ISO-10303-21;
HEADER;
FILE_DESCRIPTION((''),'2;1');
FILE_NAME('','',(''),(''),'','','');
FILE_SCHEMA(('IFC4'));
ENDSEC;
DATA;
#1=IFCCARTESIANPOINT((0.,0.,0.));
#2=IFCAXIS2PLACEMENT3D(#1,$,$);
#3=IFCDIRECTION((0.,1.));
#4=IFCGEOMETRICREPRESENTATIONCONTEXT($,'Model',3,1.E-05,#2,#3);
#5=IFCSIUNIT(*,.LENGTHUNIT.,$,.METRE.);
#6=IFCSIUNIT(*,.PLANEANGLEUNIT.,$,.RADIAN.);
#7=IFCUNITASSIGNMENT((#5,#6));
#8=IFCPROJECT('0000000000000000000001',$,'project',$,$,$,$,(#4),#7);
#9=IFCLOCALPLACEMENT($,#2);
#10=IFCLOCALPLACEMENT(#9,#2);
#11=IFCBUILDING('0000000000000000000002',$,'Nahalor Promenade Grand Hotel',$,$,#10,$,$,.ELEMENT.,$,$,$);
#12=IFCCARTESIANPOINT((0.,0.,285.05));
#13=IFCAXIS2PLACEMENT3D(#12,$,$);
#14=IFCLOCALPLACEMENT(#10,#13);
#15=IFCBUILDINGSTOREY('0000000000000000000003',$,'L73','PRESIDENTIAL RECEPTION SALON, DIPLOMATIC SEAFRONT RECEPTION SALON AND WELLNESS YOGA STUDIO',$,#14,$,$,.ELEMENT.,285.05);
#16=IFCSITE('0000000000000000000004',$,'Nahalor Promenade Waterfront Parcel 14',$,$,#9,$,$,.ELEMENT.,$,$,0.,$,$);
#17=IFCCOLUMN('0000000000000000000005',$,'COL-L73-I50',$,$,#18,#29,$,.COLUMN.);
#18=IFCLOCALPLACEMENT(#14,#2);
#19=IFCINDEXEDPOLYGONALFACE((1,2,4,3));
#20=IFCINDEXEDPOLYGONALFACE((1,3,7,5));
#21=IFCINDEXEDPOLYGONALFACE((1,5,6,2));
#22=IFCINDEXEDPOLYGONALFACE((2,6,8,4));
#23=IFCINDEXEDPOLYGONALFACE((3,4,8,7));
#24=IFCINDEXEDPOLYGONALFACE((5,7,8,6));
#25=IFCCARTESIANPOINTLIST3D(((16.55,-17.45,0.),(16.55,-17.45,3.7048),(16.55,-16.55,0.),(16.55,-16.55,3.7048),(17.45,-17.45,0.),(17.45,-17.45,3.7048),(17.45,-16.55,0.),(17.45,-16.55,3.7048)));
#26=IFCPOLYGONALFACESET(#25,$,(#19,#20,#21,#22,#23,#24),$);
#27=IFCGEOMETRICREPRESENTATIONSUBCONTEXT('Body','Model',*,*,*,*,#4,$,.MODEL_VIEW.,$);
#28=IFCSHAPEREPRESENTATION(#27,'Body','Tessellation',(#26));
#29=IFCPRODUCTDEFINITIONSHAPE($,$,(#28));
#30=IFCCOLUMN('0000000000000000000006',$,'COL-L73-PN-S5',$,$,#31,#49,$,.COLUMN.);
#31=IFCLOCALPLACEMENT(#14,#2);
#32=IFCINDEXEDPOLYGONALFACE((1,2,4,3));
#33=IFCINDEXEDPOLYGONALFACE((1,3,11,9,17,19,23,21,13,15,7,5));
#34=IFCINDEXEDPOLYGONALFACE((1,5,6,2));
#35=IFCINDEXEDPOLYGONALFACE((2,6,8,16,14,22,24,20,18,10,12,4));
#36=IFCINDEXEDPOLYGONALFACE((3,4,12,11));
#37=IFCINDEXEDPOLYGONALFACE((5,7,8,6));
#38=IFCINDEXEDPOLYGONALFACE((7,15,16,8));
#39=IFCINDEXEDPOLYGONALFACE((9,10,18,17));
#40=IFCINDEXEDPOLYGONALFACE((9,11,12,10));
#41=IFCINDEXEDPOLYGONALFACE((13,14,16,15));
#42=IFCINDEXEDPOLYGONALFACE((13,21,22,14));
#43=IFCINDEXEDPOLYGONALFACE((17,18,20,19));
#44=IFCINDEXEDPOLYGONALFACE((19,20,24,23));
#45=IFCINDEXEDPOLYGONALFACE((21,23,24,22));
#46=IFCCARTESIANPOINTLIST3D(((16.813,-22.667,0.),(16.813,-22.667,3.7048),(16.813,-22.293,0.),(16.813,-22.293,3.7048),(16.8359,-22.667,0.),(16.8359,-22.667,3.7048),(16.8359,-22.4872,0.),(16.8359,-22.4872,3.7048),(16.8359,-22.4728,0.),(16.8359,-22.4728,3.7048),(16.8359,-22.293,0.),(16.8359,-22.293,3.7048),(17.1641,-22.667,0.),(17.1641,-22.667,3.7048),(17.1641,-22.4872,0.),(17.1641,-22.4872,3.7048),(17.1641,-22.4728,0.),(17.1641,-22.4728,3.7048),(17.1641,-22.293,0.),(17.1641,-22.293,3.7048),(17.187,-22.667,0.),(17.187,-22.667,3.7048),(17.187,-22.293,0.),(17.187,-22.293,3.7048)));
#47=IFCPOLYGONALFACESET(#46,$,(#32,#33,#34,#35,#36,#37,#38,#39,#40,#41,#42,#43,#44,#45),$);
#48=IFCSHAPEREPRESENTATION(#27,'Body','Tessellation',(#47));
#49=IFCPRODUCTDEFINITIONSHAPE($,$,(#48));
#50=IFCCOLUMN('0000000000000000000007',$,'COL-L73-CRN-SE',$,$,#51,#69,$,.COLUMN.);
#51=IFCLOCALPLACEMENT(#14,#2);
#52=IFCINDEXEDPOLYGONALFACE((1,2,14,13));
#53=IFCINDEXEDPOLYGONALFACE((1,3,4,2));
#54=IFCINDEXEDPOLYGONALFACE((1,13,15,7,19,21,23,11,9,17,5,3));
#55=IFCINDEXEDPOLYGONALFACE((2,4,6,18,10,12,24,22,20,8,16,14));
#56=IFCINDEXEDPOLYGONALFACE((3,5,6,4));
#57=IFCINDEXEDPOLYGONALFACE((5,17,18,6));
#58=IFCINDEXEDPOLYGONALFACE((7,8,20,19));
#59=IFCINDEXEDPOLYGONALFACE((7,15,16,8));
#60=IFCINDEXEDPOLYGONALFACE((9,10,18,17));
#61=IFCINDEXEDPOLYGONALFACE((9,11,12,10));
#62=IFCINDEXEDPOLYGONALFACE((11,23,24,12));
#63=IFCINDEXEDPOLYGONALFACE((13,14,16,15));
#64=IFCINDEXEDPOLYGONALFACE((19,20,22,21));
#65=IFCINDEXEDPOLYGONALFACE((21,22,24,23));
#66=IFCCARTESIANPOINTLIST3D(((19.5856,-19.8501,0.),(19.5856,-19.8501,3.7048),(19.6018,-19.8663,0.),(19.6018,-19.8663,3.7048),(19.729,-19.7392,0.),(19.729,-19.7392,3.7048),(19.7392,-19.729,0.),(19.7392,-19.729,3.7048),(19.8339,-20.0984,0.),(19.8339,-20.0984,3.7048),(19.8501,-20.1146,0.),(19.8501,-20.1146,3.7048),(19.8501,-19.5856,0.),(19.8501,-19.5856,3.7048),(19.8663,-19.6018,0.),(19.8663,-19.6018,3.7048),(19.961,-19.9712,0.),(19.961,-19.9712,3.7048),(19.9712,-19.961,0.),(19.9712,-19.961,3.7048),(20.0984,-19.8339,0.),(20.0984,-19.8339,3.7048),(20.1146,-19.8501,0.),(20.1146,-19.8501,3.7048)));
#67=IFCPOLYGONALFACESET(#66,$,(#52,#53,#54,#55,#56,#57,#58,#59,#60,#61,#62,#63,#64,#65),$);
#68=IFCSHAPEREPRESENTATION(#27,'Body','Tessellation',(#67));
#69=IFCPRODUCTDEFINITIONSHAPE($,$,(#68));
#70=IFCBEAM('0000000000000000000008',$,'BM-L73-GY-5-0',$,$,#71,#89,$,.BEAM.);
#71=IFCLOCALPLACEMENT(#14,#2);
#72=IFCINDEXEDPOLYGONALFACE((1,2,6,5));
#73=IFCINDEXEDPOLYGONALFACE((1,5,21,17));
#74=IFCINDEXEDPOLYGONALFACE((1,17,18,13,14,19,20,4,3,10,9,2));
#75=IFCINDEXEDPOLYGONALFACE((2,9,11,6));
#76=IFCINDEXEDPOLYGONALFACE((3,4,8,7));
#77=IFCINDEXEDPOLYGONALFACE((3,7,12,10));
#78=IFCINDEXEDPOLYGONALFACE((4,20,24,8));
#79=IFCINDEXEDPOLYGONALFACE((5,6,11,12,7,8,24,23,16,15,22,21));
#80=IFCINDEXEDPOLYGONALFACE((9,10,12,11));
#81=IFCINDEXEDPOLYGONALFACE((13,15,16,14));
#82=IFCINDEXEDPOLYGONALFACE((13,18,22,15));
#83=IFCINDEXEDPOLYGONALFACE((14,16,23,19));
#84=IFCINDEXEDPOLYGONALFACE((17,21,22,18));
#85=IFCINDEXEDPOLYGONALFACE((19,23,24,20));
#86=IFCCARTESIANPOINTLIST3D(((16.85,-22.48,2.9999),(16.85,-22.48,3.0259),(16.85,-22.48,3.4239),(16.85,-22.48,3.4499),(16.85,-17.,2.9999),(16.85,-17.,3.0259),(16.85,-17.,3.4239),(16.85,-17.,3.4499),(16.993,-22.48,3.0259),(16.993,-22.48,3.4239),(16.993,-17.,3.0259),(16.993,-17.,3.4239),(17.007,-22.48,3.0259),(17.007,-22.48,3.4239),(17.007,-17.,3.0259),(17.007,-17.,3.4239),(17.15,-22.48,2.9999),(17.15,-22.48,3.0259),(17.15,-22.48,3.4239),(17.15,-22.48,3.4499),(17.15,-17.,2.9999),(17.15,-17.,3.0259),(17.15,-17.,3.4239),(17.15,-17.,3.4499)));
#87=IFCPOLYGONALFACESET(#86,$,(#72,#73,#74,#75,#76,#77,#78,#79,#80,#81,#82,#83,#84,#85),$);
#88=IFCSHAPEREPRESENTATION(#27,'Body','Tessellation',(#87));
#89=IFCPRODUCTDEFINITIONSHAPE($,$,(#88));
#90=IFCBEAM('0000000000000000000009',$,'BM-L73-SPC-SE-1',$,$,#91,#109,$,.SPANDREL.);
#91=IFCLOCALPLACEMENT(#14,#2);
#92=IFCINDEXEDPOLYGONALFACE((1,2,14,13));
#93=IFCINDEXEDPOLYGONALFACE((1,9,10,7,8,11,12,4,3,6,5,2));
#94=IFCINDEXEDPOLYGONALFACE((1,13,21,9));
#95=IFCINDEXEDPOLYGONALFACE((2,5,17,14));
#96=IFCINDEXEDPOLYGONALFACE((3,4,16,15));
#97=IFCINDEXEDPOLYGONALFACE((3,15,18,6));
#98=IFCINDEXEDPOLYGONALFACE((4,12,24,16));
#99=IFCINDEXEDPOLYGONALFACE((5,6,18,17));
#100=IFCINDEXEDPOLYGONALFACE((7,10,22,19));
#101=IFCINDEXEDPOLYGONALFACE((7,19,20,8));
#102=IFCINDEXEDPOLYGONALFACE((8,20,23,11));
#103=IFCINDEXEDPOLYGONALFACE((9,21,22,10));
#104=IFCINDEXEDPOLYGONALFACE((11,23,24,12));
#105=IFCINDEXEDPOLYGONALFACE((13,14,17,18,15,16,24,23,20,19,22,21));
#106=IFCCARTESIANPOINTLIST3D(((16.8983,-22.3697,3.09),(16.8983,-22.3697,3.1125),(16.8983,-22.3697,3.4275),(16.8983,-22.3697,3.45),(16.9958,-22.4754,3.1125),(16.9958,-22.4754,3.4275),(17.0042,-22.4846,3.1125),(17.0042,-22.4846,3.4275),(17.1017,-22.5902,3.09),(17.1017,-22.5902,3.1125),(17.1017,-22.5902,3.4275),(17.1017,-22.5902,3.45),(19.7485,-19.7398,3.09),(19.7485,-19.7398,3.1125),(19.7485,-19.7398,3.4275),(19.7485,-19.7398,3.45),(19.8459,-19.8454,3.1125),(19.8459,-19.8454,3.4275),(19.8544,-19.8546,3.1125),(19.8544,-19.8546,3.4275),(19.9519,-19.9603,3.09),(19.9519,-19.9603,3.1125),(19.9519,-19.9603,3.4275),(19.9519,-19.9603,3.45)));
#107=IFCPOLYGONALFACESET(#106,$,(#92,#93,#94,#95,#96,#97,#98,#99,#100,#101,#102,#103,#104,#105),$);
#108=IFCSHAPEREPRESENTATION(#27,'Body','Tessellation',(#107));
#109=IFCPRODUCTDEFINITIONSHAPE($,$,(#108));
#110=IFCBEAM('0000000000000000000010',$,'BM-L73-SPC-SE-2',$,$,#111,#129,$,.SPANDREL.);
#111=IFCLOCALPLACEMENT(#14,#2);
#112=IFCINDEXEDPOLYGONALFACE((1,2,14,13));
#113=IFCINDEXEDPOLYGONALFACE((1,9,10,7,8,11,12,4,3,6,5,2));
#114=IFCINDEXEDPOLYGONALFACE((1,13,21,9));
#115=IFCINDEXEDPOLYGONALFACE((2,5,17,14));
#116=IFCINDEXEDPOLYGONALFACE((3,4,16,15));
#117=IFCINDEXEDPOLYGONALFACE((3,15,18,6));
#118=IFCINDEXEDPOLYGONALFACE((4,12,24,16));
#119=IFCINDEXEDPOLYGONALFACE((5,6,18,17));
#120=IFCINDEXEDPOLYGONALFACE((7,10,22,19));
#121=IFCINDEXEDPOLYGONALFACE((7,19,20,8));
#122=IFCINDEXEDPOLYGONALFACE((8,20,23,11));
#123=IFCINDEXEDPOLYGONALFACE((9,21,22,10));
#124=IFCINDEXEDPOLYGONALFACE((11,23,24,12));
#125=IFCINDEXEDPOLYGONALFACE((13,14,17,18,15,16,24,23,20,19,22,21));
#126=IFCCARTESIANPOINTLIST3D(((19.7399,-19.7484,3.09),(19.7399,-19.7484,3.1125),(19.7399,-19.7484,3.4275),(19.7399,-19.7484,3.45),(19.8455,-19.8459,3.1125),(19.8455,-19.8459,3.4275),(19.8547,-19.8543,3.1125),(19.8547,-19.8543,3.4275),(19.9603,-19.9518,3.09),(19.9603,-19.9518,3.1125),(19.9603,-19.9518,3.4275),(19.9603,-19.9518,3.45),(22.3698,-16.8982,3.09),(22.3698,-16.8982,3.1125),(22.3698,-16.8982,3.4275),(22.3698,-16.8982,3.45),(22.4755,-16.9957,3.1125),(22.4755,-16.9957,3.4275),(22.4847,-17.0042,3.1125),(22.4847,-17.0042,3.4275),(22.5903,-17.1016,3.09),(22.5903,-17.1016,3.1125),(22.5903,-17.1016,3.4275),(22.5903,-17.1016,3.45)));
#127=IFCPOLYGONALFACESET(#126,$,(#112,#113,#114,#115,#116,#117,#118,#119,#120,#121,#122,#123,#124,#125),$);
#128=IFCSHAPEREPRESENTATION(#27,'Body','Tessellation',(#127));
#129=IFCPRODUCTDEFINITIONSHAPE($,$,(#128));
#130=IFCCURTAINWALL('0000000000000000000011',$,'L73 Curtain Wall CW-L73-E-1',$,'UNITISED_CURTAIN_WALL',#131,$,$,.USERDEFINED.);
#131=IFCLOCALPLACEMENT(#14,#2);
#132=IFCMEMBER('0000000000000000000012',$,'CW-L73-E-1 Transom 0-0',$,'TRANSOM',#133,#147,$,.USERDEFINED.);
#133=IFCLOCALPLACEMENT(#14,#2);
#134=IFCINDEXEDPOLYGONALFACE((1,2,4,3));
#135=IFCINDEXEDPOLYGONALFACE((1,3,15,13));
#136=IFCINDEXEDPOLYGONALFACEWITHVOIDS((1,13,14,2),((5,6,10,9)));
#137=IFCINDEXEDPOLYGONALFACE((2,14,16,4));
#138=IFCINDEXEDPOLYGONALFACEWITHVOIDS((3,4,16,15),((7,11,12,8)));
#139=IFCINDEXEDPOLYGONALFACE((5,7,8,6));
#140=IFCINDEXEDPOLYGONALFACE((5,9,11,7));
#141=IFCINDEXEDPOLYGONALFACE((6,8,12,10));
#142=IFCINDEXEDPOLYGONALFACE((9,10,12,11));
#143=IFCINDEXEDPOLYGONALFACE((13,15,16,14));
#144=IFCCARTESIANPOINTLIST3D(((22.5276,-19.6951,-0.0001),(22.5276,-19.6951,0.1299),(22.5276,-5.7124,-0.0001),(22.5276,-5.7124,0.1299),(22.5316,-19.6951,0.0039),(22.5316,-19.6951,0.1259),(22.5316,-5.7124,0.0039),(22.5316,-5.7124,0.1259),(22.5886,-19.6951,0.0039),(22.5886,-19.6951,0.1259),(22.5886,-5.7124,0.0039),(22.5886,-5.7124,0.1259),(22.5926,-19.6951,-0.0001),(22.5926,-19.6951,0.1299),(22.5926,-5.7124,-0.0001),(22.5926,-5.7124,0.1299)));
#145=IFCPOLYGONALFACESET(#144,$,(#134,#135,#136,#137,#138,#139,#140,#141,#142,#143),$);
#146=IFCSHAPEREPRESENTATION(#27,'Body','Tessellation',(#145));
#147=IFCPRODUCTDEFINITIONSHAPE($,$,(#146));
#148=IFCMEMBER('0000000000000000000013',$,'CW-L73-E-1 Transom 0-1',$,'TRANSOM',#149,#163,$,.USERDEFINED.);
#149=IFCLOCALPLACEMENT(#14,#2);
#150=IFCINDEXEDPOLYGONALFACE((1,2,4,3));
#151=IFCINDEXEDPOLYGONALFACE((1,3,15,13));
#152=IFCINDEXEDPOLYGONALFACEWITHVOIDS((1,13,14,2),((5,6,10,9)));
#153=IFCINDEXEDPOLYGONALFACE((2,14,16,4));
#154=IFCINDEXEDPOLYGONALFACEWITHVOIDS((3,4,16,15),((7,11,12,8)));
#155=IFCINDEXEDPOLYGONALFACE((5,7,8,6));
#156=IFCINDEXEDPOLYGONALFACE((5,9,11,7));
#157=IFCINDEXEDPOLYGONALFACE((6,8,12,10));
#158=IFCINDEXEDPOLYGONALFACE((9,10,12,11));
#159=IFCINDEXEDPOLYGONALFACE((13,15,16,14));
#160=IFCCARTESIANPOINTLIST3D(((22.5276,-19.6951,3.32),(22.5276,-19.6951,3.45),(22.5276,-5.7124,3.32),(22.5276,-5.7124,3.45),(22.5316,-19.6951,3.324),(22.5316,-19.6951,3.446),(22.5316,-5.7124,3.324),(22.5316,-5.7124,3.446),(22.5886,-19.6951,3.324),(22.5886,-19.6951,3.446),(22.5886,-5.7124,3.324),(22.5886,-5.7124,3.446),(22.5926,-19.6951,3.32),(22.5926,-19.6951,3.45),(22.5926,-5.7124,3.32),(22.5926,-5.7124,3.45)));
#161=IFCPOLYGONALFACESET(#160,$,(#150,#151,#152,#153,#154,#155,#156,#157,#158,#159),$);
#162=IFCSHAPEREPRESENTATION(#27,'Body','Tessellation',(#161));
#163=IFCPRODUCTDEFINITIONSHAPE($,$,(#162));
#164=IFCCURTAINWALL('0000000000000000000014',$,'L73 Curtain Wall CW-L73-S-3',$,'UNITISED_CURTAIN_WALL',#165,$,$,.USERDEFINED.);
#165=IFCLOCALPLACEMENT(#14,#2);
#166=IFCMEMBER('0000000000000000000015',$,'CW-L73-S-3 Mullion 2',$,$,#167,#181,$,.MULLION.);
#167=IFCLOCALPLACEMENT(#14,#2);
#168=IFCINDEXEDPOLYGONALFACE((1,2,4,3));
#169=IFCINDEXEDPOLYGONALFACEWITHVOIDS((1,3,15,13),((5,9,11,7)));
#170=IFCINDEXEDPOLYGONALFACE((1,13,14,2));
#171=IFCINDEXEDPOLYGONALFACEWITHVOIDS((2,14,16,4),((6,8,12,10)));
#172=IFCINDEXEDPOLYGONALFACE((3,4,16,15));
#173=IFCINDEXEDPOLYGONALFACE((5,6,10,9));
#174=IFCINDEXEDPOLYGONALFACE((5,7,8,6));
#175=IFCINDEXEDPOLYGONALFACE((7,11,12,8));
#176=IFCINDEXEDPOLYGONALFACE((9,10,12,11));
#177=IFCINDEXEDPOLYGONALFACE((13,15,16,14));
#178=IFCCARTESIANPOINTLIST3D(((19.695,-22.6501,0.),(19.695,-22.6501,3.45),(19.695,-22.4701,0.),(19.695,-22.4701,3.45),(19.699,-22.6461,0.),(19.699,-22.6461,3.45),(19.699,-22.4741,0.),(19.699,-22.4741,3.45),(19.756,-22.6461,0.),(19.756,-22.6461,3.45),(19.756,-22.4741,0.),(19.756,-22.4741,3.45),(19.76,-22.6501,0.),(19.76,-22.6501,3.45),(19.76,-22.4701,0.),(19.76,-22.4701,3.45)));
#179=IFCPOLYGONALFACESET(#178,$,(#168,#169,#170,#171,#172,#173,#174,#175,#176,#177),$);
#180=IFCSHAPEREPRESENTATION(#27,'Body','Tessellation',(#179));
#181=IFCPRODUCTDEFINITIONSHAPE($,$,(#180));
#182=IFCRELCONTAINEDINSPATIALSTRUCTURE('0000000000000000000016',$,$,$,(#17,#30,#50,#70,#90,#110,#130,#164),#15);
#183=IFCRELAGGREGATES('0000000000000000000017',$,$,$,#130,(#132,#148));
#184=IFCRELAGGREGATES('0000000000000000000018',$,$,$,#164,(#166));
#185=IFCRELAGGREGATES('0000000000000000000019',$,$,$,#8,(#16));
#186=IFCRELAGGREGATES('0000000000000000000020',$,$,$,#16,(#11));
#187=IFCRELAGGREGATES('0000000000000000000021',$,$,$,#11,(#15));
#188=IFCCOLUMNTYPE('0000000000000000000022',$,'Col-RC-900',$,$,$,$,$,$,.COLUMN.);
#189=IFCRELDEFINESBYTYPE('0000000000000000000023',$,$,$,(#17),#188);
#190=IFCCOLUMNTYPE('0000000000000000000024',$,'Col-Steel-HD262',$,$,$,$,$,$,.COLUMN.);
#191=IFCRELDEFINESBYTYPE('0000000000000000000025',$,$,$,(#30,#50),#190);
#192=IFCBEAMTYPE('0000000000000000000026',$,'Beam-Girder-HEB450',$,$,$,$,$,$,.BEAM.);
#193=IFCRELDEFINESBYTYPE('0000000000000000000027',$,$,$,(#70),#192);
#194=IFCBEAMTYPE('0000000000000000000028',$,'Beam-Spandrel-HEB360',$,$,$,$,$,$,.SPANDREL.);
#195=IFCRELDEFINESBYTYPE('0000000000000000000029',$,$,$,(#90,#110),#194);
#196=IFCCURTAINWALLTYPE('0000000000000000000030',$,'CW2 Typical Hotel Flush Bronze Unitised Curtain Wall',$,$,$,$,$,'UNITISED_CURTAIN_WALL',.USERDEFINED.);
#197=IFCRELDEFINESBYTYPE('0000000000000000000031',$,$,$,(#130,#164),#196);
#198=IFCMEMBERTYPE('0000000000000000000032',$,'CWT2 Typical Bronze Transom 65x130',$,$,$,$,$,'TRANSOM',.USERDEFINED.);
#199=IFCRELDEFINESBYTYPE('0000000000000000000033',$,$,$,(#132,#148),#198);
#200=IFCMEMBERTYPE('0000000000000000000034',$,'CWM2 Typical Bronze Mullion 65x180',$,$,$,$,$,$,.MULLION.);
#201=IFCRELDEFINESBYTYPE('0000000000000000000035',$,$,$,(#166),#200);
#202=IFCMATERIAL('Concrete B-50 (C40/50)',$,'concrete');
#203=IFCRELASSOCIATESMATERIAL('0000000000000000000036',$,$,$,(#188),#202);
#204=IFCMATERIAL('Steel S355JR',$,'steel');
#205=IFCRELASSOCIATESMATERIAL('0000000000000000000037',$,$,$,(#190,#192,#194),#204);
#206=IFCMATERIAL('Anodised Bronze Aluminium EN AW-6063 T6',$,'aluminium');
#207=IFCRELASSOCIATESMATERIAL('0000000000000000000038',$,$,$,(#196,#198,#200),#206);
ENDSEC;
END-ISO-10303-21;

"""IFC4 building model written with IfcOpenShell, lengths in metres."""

from ifc_helpers import new_model, si_unit, direction, frame, origin, origin_2d, place, context, subcontext, project, spatial, rectangle, hollow_rectangle, i_section, extrude, source, transform, mapped, material, material_profile, profile_set, type_object, element, aggregate, save


model = new_model("IFC4")

# Units and contexts
model_context = context("Model", 3, precision=1e-05, world=origin(), true_north=direction((0.0, 1.0)))
body_context = subcontext(model_context, "Body", "Model", "MODEL_VIEW")
ifc_project = project(units=[si_unit("LENGTHUNIT", "METRE"), si_unit("PLANEANGLEUNIT", "RADIAN")], contexts=[model_context])

# Site, building, storey
site_placement = place(None, origin())
site = spatial("IfcSite", under=ifc_project, at=site_placement, Name="Nahalor Promenade Waterfront Parcel 14", CompositionType="ELEMENT", RefElevation=0.0)
building_placement = place(site_placement, origin())
building = spatial("IfcBuilding", under=site, at=building_placement, Name="Nahalor Promenade Grand Hotel", CompositionType="ELEMENT")
storey_placement = place(building_placement, frame((0.0, 0.0, 285.05)))
storey = spatial("IfcBuildingStorey", under=building, at=storey_placement, Name="L73", Description="PRESIDENTIAL RECEPTION SALON, DIPLOMATIC SEAFRONT RECEPTION SALON AND WELLNESS YOGA STUDIO", CompositionType="ELEMENT", Elevation=285.05)

# Columns
ifc_material_1 = material(Name="Concrete B-50 (C40/50)", Category="concrete")
ifc_material_profile_1 = material_profile(ifc_material_1, rectangle(XDim=0.9, YDim=0.9, at=origin_2d()), Name="RC 900x900")
ifc_profile_set_1 = profile_set([ifc_material_profile_1], Name="Concrete B-50 (C40/50)")
column_type_1 = type_object("IfcColumnType", Name="Col-RC-900", PredefinedType="COLUMN", material=ifc_profile_set_1)
shared_shape_1 = source(origin(), body_context, "Body", "SweptSolid", [
    extrude(rectangle(XDim=0.9, YDim=0.9, at=origin_2d()), origin(), (0.0, 0.0, 1.0), 3.7048),
])
column_placement = place(storey_placement, frame((17.0, -17.0, 0.0), z_axis=(0.0, 0.0, 1.0), x_axis=(1.0, 0.0, 0.0)))
element("IfcColumn", 1, at=column_placement, inside=storey, type_object=column_type_1, Name="COL-L73-I50", PredefinedType="COLUMN", context=body_context, shape_type="MappedRepresentation", body=[
    mapped(shared_shape_1, transform((0.0, 0.0, 0.0), scale=1.0)),
])
ifc_material_2 = material(Name="Steel S355JR", Category="steel")
ifc_material_profile_2 = material_profile(ifc_material_2, i_section(OverallWidth=0.374, OverallDepth=0.374, WebThickness=0.0144, FlangeThickness=0.0229, at=origin_2d()), Name="HD 360x262")
ifc_profile_set_2 = profile_set([ifc_material_profile_2], Name="Steel S355JR")
column_type_2 = type_object("IfcColumnType", Name="Col-Steel-HD262", PredefinedType="COLUMN", material=ifc_profile_set_2)
shared_shape_2 = source(origin(), body_context, "Body", "SweptSolid", [
    extrude(i_section(OverallWidth=0.374, OverallDepth=0.374, WebThickness=0.0144, FlangeThickness=0.0229, at=origin_2d()), origin(), (0.0, 0.0, 1.0), 3.7048),
])
for number, where, z_axis, x_axis, name in (
    (2, (17.0, -22.48, 0.0), (0.0, 0.0, 1.0), (0.0, 1.0, 0.0), "COL-L73-PN-S5"),
    (3, (19.8501, -19.8501, 0.0), (0.0, 0.0, 1.0), (0.707107, 0.707107, 0.0), "COL-L73-CRN-SE"),
):
    element("IfcColumn", number, at=place(storey_placement, frame(where, z_axis=z_axis, x_axis=x_axis)), inside=storey, type_object=column_type_2, Name=name, PredefinedType="COLUMN", context=body_context, shape_type="MappedRepresentation", body=[
        mapped(shared_shape_2, transform((0.0, 0.0, 0.0), scale=1.0)),
    ])

# Beams
ifc_material_profile_3 = material_profile(ifc_material_2, i_section(OverallWidth=0.3, OverallDepth=0.45, WebThickness=0.014, FlangeThickness=0.026, at=origin_2d()), Name="HEB 450")
ifc_profile_set_3 = profile_set([ifc_material_profile_3], Name="Steel S355JR")
beam_type_1 = type_object("IfcBeamType", Name="Beam-Girder-HEB450", PredefinedType="BEAM", material=ifc_profile_set_3)
shared_shape_3 = source(origin(), body_context, "Body", "SweptSolid", [
    extrude(i_section(OverallWidth=0.3, OverallDepth=0.45, WebThickness=0.014, FlangeThickness=0.026, at=origin_2d()), origin(), (0.0, 0.0, 1.0), 5.48),
])
beam_placement = place(storey_placement, frame((17.0, -22.48, 3.2249), z_axis=(0.0, 1.0, 0.0), x_axis=(-1.0, 0.0, 0.0)))
element("IfcBeam", 4, at=beam_placement, inside=storey, type_object=beam_type_1, Name="BM-L73-GY-5-0", PredefinedType="BEAM", context=body_context, shape_type="MappedRepresentation", body=[
    mapped(shared_shape_3, transform((0.0, 0.0, 0.0), scale=1.0)),
])
ifc_material_profile_4 = material_profile(ifc_material_2, i_section(OverallWidth=0.3, OverallDepth=0.36, WebThickness=0.0125, FlangeThickness=0.0225, at=origin_2d()), Name="HEB 360")
ifc_profile_set_4 = profile_set([ifc_material_profile_4], Name="Steel S355JR")
beam_type_2 = type_object("IfcBeamType", Name="Beam-Spandrel-HEB360", PredefinedType="SPANDREL", material=ifc_profile_set_4)
shared_shape_4 = source(origin(), body_context, "Body", "SweptSolid", [
    extrude(i_section(OverallWidth=0.3, OverallDepth=0.36, WebThickness=0.0125, FlangeThickness=0.0225, at=origin_2d()), origin(), (0.0, 0.0, 1.0), 3.8782),
])
for number, where, z_axis, x_axis, name in (
    (5, (17.0, -22.48, 3.27), (0.734929, 0.678144, 0.0), (-0.678144, 0.734929, 0.0), "BM-L73-SPC-SE-1"),
    (6, (19.8501, -19.8501, 3.27), (0.678144, 0.734929, 0.0), (-0.734929, 0.678144, 0.0), "BM-L73-SPC-SE-2"),
):
    element("IfcBeam", number, at=place(storey_placement, frame(where, z_axis=z_axis, x_axis=x_axis)), inside=storey, type_object=beam_type_2, Name=name, PredefinedType="SPANDREL", context=body_context, shape_type="MappedRepresentation", body=[
        mapped(shared_shape_4, transform((0.0, 0.0, 0.0), scale=1.0)),
    ])

# Curtain wall, members
ifc_material_3 = material(Name="Anodised Bronze Aluminium EN AW-6063 T6", Category="aluminium")
curtain_wall_type = type_object("IfcCurtainWallType", Name="CW2 Typical Hotel Flush Bronze Unitised Curtain Wall", ElementType="UNITISED_CURTAIN_WALL", PredefinedType="USERDEFINED", material=ifc_material_3)
curtain_wall_1_placement = place(storey_placement, origin())
curtain_wall_1 = element("IfcCurtainWall", 7, at=curtain_wall_1_placement, inside=storey, type_object=curtain_wall_type, Name="L73 Curtain Wall CW-L73-E-1", ObjectType="UNITISED_CURTAIN_WALL", PredefinedType="USERDEFINED")
ifc_material_profile_5 = material_profile(ifc_material_3, hollow_rectangle(XDim=0.065, YDim=0.13, WallThickness=0.004, at=origin_2d()), Name="CWT 65x130x4")
ifc_profile_set_5 = profile_set([ifc_material_profile_5], Name="Anodised Bronze Aluminium EN AW-6063 T6")
member_type_1 = type_object("IfcMemberType", Name="CWT2 Typical Bronze Transom 65x130", ElementType="TRANSOM", PredefinedType="USERDEFINED", material=ifc_profile_set_5)
shared_shape_5 = source(origin(), body_context, "Body", "SweptSolid", [
    extrude(hollow_rectangle(XDim=0.065, YDim=0.13, WallThickness=0.004, at=origin_2d()), origin(), (0.0, 0.0, 1.0), 13.9827),
])
member_1_placement = place(storey_placement, frame((22.5601, -19.6951, 0.0649), z_axis=(0.0, 1.0, 0.0), x_axis=(-1.0, 0.0, 0.0)))
member_1 = element("IfcMember", 8, at=member_1_placement, type_object=member_type_1, Name="CW-L73-E-1 Transom 0-0", ObjectType="TRANSOM", PredefinedType="USERDEFINED", context=body_context, shape_type="MappedRepresentation", body=[
    mapped(shared_shape_5, transform((0.0, 0.0, 0.0), scale=1.0)),
])
member_2_placement = place(storey_placement, frame((22.5601, -19.6951, 3.385), z_axis=(0.0, 1.0, 0.0), x_axis=(-1.0, 0.0, 0.0)))
member_2 = element("IfcMember", 9, at=member_2_placement, type_object=member_type_1, Name="CW-L73-E-1 Transom 0-1", ObjectType="TRANSOM", PredefinedType="USERDEFINED", context=body_context, shape_type="MappedRepresentation", body=[
    mapped(shared_shape_5, transform((0.0, 0.0, 0.0), scale=1.0)),
])

# Curtain wall, member
curtain_wall_2_placement = place(storey_placement, origin())
curtain_wall_2 = element("IfcCurtainWall", 10, at=curtain_wall_2_placement, inside=storey, type_object=curtain_wall_type, Name="L73 Curtain Wall CW-L73-S-3", ObjectType="UNITISED_CURTAIN_WALL", PredefinedType="USERDEFINED")
ifc_material_profile_6 = material_profile(ifc_material_3, hollow_rectangle(XDim=0.065, YDim=0.18, WallThickness=0.004, at=origin_2d()), Name="CWM 65x180x4")
ifc_profile_set_6 = profile_set([ifc_material_profile_6], Name="Anodised Bronze Aluminium EN AW-6063 T6")
member_type_2 = type_object("IfcMemberType", Name="CWM2 Typical Bronze Mullion 65x180", PredefinedType="MULLION", material=ifc_profile_set_6)
shared_shape_6 = source(origin(), body_context, "Body", "SweptSolid", [
    extrude(hollow_rectangle(XDim=0.065, YDim=0.18, WallThickness=0.004, at=origin_2d()), origin(), (0.0, 0.0, 1.0), 3.45),
])
member_3_placement = place(storey_placement, frame((19.7275, -22.5601, 0.0), z_axis=(0.0, 0.0, 1.0), x_axis=(1.0, 0.0, 0.0)))
member_3 = element("IfcMember", 11, at=member_3_placement, type_object=member_type_2, Name="CW-L73-S-3 Mullion 2", PredefinedType="MULLION", context=body_context, shape_type="MappedRepresentation", body=[
    mapped(shared_shape_6, transform((0.0, 0.0, 0.0), scale=1.0)),
])

aggregate(curtain_wall_1, [member_1, member_2])

aggregate(curtain_wall_2, [member_3])

save(model, "model.ifc")
